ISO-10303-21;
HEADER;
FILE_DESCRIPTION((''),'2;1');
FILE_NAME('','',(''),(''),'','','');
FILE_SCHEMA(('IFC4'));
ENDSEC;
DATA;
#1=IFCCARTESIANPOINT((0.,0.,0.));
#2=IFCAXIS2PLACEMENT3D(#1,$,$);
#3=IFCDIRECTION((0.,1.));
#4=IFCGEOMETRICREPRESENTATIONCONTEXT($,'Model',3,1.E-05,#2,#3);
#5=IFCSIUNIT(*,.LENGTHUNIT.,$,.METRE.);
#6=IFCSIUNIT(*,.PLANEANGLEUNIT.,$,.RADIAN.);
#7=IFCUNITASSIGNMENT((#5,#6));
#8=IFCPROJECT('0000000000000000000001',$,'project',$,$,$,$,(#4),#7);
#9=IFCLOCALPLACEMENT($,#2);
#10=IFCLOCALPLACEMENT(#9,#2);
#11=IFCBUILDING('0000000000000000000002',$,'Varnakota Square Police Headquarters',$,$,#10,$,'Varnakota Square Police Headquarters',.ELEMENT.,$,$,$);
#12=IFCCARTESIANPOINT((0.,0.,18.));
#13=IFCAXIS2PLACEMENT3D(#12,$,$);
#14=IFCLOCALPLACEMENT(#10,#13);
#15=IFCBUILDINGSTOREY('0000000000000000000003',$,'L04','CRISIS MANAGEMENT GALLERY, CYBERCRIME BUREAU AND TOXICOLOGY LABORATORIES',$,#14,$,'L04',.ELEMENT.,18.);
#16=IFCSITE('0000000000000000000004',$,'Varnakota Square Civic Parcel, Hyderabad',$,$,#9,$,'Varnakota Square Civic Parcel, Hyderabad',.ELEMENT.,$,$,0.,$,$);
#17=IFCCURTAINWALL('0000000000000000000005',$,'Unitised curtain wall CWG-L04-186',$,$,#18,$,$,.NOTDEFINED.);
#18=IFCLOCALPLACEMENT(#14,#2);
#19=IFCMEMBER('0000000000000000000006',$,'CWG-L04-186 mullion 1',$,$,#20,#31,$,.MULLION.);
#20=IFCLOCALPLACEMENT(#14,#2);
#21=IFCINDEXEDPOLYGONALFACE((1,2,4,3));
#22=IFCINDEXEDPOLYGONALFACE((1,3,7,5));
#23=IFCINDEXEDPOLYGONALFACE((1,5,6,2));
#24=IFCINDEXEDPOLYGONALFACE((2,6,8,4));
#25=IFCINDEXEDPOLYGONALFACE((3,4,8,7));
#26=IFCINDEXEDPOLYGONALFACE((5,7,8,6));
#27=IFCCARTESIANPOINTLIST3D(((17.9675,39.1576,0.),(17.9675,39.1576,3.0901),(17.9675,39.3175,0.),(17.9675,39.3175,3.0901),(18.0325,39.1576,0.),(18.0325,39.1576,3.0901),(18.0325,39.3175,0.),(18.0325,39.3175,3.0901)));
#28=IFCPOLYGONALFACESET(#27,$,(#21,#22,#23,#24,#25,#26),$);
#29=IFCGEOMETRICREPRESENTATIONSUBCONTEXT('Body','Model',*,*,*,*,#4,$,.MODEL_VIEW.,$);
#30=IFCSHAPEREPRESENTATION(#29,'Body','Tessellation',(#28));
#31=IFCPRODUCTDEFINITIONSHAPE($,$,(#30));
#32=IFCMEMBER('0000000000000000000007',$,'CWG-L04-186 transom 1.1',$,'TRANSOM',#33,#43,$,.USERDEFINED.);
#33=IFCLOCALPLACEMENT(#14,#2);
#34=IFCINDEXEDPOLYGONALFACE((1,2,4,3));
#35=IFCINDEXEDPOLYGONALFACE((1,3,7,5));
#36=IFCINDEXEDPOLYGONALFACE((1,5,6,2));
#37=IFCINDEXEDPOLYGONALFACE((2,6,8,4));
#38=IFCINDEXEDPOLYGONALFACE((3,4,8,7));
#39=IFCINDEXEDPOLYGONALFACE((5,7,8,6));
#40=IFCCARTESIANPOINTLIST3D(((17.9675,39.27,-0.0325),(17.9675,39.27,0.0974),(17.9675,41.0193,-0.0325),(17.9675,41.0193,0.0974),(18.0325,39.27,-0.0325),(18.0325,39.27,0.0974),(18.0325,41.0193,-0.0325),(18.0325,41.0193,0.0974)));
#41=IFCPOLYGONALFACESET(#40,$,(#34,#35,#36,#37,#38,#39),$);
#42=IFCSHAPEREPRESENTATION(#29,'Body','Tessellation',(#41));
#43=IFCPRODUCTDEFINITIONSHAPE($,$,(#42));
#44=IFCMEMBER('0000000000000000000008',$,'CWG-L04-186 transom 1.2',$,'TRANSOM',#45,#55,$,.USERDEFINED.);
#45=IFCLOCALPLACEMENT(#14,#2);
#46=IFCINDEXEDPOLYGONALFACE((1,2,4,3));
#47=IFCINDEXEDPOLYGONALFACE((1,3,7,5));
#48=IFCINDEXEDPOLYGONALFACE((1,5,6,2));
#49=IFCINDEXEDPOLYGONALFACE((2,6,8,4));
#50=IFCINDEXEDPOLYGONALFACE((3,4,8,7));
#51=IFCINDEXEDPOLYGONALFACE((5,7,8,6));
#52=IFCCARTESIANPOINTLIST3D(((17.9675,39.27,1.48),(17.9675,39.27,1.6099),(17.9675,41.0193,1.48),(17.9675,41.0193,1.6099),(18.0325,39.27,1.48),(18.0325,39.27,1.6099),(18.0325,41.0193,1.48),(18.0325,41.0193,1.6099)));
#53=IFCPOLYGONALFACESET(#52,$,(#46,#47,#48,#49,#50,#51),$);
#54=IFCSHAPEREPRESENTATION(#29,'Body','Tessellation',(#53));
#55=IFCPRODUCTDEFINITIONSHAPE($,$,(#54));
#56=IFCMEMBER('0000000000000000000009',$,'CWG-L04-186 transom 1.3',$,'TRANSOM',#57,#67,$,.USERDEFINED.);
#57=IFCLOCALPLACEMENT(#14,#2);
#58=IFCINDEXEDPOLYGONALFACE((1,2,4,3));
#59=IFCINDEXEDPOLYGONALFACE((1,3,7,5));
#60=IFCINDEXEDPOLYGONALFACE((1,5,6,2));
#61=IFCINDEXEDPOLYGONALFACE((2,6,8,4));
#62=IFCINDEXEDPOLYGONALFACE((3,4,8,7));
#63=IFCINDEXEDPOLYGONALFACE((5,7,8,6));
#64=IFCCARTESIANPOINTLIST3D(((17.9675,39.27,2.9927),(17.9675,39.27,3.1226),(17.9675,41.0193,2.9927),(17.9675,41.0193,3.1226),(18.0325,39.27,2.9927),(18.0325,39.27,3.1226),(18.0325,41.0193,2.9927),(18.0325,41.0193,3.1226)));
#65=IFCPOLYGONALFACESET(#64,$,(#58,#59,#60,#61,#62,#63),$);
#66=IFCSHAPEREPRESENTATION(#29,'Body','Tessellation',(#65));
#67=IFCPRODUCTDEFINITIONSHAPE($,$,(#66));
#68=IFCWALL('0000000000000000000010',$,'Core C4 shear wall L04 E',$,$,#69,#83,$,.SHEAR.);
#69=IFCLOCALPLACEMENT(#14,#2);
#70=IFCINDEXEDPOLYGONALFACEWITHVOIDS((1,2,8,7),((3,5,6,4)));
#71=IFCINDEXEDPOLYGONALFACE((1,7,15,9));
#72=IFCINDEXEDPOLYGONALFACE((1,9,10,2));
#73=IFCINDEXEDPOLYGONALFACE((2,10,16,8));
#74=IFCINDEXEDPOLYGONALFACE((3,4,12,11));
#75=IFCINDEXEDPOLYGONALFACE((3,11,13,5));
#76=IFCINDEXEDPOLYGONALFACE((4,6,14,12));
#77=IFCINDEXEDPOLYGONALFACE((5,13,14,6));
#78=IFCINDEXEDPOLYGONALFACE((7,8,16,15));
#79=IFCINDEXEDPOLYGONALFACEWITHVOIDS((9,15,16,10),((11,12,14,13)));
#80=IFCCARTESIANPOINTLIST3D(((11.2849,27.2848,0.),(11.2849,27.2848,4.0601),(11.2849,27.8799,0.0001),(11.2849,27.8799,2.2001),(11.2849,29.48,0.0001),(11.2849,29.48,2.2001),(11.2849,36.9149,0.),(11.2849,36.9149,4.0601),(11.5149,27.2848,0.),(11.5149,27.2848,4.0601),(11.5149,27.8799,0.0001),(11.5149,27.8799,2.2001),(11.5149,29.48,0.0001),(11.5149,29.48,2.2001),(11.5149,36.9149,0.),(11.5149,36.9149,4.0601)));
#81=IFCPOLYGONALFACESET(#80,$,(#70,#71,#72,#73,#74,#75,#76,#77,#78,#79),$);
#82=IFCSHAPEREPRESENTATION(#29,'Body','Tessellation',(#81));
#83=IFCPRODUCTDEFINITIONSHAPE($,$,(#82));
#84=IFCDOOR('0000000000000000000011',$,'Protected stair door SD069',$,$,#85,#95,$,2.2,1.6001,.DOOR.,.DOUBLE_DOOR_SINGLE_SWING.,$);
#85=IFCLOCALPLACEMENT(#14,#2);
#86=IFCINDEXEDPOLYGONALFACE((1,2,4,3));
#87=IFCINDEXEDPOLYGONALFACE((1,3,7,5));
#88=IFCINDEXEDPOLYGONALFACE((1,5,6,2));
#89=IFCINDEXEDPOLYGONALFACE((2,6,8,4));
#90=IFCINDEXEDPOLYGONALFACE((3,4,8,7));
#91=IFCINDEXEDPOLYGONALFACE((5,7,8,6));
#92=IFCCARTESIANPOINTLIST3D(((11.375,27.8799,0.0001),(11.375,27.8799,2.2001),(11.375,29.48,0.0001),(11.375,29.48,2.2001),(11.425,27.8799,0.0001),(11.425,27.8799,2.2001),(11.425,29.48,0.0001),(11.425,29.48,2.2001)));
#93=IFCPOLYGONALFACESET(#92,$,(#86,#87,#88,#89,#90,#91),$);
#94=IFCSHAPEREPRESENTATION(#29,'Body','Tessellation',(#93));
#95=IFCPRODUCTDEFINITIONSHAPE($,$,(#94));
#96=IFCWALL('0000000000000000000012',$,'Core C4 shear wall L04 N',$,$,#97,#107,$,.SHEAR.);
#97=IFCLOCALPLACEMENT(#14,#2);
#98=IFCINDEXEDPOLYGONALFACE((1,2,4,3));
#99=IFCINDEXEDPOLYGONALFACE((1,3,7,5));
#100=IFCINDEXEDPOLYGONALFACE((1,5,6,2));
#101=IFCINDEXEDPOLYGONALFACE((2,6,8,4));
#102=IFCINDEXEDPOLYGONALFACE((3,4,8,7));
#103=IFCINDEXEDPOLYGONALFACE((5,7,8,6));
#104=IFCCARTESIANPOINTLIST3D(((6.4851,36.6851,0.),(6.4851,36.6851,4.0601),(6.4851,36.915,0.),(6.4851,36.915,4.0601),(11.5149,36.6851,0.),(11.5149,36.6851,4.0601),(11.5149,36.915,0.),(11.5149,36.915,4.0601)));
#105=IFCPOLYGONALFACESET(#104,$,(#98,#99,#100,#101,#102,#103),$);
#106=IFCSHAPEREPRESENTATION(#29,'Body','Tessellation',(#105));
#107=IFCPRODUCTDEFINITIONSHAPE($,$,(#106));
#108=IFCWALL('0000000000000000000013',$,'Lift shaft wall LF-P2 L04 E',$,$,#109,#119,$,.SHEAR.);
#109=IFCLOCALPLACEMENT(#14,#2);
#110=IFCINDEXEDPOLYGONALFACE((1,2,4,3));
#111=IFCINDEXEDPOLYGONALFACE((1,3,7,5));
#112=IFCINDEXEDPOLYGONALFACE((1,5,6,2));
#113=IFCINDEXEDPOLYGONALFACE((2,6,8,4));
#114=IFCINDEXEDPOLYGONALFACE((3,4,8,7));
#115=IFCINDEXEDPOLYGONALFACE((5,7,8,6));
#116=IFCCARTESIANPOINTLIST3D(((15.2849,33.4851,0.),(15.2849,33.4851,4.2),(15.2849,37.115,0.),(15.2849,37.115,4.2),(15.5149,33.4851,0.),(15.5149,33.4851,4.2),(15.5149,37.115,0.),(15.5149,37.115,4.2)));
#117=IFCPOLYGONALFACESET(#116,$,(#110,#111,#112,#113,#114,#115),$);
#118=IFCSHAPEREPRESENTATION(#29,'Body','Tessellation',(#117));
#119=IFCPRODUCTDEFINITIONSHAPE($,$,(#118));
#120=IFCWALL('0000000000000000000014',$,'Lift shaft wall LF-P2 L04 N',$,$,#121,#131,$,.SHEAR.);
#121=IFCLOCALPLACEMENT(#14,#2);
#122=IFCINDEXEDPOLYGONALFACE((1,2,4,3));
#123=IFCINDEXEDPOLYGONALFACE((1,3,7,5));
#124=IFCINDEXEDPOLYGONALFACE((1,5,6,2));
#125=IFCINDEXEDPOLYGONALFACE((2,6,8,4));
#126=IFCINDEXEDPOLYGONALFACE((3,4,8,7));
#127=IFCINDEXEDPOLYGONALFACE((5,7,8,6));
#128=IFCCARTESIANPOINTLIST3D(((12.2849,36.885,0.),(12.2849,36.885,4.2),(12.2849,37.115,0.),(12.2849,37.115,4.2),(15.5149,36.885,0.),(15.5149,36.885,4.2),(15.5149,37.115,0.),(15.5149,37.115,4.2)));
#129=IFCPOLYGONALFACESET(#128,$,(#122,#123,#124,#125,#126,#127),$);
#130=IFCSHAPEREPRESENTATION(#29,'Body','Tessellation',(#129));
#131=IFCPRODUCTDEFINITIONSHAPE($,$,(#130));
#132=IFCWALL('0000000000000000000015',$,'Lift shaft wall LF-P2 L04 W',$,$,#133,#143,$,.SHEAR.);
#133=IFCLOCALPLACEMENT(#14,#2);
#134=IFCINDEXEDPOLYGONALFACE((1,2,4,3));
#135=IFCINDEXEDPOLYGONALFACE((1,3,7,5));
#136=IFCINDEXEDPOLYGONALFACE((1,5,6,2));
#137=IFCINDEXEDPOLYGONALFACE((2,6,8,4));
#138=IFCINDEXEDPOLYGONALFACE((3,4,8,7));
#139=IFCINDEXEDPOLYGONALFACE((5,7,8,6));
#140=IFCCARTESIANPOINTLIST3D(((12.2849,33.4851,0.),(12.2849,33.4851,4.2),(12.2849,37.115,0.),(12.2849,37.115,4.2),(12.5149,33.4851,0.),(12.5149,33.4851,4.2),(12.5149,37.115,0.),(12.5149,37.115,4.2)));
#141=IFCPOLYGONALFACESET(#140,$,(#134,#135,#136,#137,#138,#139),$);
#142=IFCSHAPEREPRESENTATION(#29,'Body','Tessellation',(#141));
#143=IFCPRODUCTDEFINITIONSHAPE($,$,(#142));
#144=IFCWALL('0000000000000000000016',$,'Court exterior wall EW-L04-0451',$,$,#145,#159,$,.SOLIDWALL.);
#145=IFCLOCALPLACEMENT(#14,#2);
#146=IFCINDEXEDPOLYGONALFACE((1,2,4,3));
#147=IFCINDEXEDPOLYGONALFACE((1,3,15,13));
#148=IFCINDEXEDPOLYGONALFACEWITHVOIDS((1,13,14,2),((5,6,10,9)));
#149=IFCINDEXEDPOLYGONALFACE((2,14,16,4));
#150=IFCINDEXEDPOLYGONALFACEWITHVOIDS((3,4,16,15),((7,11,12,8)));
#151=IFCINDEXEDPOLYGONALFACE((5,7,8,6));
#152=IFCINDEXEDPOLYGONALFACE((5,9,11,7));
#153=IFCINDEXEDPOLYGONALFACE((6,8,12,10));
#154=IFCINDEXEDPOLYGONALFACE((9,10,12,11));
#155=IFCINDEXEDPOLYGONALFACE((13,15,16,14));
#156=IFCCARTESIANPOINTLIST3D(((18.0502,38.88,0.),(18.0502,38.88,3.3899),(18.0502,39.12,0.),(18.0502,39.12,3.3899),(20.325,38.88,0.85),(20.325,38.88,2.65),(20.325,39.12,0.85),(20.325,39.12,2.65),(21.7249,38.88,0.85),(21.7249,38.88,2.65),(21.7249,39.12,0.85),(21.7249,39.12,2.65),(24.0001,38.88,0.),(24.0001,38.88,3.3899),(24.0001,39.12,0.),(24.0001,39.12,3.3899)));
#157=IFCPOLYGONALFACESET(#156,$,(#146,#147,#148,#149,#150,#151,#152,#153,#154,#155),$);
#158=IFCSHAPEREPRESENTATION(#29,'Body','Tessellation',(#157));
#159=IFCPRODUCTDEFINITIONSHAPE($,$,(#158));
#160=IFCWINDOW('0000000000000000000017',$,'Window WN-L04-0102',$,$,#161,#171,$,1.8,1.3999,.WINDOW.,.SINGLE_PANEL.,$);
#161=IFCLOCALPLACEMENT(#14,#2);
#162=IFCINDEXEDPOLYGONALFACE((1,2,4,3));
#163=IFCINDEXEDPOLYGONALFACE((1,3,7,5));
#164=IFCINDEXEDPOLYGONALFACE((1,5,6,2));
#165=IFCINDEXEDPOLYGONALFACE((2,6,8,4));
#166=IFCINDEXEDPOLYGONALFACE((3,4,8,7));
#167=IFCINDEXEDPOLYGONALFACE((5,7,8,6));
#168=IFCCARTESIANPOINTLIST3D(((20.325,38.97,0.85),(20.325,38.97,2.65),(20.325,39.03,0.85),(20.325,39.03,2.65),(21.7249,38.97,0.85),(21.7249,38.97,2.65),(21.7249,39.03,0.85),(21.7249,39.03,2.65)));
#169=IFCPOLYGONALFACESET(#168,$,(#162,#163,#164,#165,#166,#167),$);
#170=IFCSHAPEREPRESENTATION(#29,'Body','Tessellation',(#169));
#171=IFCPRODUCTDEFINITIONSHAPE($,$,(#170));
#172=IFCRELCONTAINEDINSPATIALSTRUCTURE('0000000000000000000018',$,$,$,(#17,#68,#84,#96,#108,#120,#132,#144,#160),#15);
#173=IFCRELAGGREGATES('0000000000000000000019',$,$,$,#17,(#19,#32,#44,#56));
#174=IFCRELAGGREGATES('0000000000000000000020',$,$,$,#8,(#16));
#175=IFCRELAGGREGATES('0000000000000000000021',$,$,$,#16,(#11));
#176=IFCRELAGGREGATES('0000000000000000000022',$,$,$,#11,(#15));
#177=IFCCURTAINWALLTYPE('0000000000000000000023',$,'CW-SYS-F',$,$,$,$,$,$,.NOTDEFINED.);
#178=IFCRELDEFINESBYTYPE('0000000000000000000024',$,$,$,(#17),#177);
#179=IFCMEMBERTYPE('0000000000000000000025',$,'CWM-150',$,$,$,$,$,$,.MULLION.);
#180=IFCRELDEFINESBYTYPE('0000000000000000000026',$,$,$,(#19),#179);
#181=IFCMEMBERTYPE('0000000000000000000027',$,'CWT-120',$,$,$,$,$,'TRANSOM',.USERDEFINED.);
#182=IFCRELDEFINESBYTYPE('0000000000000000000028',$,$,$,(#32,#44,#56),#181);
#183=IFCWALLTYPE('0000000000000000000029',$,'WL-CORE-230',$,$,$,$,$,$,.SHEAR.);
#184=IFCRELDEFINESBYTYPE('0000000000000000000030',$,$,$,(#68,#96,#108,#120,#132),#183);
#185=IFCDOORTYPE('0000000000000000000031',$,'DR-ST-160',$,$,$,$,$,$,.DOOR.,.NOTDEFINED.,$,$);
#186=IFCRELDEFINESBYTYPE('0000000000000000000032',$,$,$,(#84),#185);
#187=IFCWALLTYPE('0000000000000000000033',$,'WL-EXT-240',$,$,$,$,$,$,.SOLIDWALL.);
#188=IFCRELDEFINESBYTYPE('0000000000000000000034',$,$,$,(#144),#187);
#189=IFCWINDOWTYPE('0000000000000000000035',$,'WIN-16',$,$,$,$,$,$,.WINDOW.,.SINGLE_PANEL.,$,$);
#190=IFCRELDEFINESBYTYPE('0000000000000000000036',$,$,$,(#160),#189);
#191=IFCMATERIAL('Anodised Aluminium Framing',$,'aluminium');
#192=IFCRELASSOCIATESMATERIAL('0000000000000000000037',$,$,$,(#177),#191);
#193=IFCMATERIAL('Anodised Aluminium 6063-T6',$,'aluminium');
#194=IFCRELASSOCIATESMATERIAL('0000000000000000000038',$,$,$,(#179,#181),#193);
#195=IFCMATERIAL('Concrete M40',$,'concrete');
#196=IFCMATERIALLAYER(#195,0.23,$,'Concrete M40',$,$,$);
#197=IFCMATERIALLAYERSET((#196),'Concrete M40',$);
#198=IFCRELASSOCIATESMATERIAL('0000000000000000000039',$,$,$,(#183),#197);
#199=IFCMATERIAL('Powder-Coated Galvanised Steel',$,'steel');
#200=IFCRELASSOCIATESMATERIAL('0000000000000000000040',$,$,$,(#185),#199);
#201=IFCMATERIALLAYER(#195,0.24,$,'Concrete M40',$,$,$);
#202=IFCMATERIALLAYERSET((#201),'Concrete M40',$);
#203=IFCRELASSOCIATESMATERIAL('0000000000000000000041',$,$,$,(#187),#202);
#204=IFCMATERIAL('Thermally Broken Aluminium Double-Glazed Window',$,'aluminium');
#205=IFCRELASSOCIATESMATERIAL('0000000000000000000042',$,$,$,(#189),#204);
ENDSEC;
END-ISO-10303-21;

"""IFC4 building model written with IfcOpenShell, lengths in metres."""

from ifc_helpers import new_model, si_unit, direction, frame, frame_2d, origin, origin_2d, place, context, subcontext, project, spatial, rectangle, extrude, material, layer, layer_set, material_profile, profile_set, type_object, element, fill, aggregate, save


model = new_model("IFC4")

# Units and contexts
model_context = context("Model", 3, precision=1e-05, world=origin(), true_north=direction((0.0, 1.0)))
body_context = subcontext(model_context, "Body", "Model", "MODEL_VIEW")
ifc_project = project(units=[si_unit("LENGTHUNIT", "METRE"), si_unit("PLANEANGLEUNIT", "RADIAN")], contexts=[model_context])

# Site, building, storey
site_placement = place(None, origin())
site = spatial("IfcSite", under=ifc_project, at=site_placement, Name="Varnakota Square Civic Parcel, Hyderabad", LongName="Varnakota Square Civic Parcel, Hyderabad", CompositionType="ELEMENT", RefElevation=0.0)
building_placement = place(site_placement, origin())
building = spatial("IfcBuilding", under=site, at=building_placement, Name="Varnakota Square Police Headquarters", LongName="Varnakota Square Police Headquarters", CompositionType="ELEMENT")
storey_placement = place(building_placement, frame((0.0, 0.0, 18.0)))
storey = spatial("IfcBuildingStorey", under=building, at=storey_placement, Name="L04", Description="CRISIS MANAGEMENT GALLERY, CYBERCRIME BUREAU AND TOXICOLOGY LABORATORIES", LongName="L04", CompositionType="ELEMENT", Elevation=18.0)

# Curtain wall, members
ifc_material_1 = material(Name="Anodised Aluminium Framing", Category="aluminium")
curtain_wall_type = type_object("IfcCurtainWallType", Name="CW-SYS-F", PredefinedType="NOTDEFINED", material=ifc_material_1)
curtain_wall_placement = place(storey_placement, origin())
curtain_wall = element("IfcCurtainWall", 1, at=curtain_wall_placement, inside=storey, type_object=curtain_wall_type, Name="Unitised curtain wall CWG-L04-186", PredefinedType="NOTDEFINED")
ifc_material_2 = material(Name="Anodised Aluminium 6063-T6", Category="aluminium")
ifc_material_profile_1 = material_profile(ifc_material_2, rectangle(XDim=0.0649, YDim=0.1599, at=origin_2d()), Name="ALU MULLION 65x160")
ifc_profile_set_1 = profile_set([ifc_material_profile_1], Name="Anodised Aluminium 6063-T6")
member_type_1 = type_object("IfcMemberType", Name="CWM-150", PredefinedType="MULLION", material=ifc_profile_set_1)
member_1_placement = place(storey_placement, frame((18.0, 39.2375, 0.0), z_axis=(0.0, 0.0, 1.0), x_axis=(-1.0, 0.0, 0.0)))
member_1 = element("IfcMember", 2, at=member_1_placement, type_object=member_type_1, Name="CWG-L04-186 mullion 1", PredefinedType="MULLION", context=body_context, shape_type="SweptSolid", body=[
    extrude(rectangle(XDim=0.0649, YDim=0.1599, at=origin_2d()), origin(), (0.0, 0.0, 1.0), 3.0901),
])
ifc_material_profile_2 = material_profile(ifc_material_2, rectangle(XDim=0.0649, YDim=0.1299, at=origin_2d()), Name="ALU TRANSOM 65x130")
ifc_profile_set_2 = profile_set([ifc_material_profile_2], Name="Anodised Aluminium 6063-T6")
member_type_2 = type_object("IfcMemberType", Name="CWT-120", ElementType="TRANSOM", PredefinedType="USERDEFINED", material=ifc_profile_set_2)
member_2_placement = place(storey_placement, frame((18.0, 39.27, 0.0325), z_axis=(0.0, 1.0, 0.0), x_axis=(-1.0, 0.0, 0.0)))
member_2 = element("IfcMember", 3, at=member_2_placement, type_object=member_type_2, Name="CWG-L04-186 transom 1.1", ObjectType="TRANSOM", PredefinedType="USERDEFINED", context=body_context, shape_type="SweptSolid", body=[
    extrude(rectangle(XDim=0.0649, YDim=0.1299, at=origin_2d()), origin(), (0.0, 0.0, 1.0), 1.7493),
])
member_3_placement = place(storey_placement, frame((18.0, 39.27, 1.5449), z_axis=(0.0, 1.0, 0.0), x_axis=(-1.0, 0.0, 0.0)))
member_3 = element("IfcMember", 4, at=member_3_placement, type_object=member_type_2, Name="CWG-L04-186 transom 1.2", ObjectType="TRANSOM", PredefinedType="USERDEFINED", context=body_context, shape_type="SweptSolid", body=[
    extrude(rectangle(XDim=0.0649, YDim=0.1299, at=origin_2d()), origin(), (0.0, 0.0, 1.0), 1.7493),
])
member_4_placement = place(storey_placement, frame((18.0, 39.27, 3.0576), z_axis=(0.0, 1.0, 0.0), x_axis=(-1.0, 0.0, 0.0)))
member_4 = element("IfcMember", 5, at=member_4_placement, type_object=member_type_2, Name="CWG-L04-186 transom 1.3", ObjectType="TRANSOM", PredefinedType="USERDEFINED", context=body_context, shape_type="SweptSolid", body=[
    extrude(rectangle(XDim=0.0649, YDim=0.1299, at=origin_2d()), origin(), (0.0, 0.0, 1.0), 1.7493),
])
aggregate(curtain_wall, [member_1, member_2, member_3, member_4])

# Wall, opening, door
ifc_material_3 = material(Name="Concrete M40", Category="concrete")
ifc_layer_1 = layer(ifc_material_3, 0.23, Name="Concrete M40")
ifc_layer_set_1 = layer_set([ifc_layer_1], Name="Concrete M40")
wall_type_1 = type_object("IfcWallType", Name="WL-CORE-230", PredefinedType="SHEAR", material=ifc_layer_set_1)
wall_1_placement = place(storey_placement, frame((11.3999, 27.2849, 0.0), z_axis=(0.0, 0.0, 1.0), x_axis=(0.0, 1.0, 0.0)))
wall_1 = element("IfcWall", 6, at=wall_1_placement, inside=storey, type_object=wall_type_1, Name="Core C4 shear wall L04 E", PredefinedType="SHEAR", context=body_context, shape_type="SweptSolid", body=[
    extrude(rectangle(XDim=9.6301, YDim=0.23, at=frame_2d((4.8149, 0.0))), origin(), (0.0, 0.0, 1.0), 4.0601),
])
opening_1_placement = place(wall_1_placement, frame((0.595, 0.0, 0.0)))
opening_1 = element("IfcOpeningElement", 7, at=opening_1_placement, cuts=wall_1, PredefinedType="OPENING", context=body_context, shape_type="SweptSolid", body=[
    extrude(rectangle(XDim=1.6001, YDim=2.2, at=frame_2d((0.8, 1.1001))), frame((0.0, 0.125, 0.0), z_axis=(0.0, -1.0, 0.0), x_axis=(1.0, 0.0, 0.0)), (0.0, 0.0, 1.0), 0.25),
])
ifc_material_4 = material(Name="Powder-Coated Galvanised Steel", Category="steel")
door_type_1 = type_object("IfcDoorType", Name="DR-ST-160", OperationType="NOTDEFINED", PredefinedType="DOOR", material=ifc_material_4)
door_1_placement = place(opening_1_placement, origin())
door_1 = element("IfcDoor", 8, at=door_1_placement, inside=storey, type_object=door_type_1, Name="Protected stair door SD069", OperationType="DOUBLE_DOOR_SINGLE_SWING", OverallHeight=2.2, OverallWidth=1.6001, PredefinedType="DOOR", context=body_context, shape_type="SweptSolid", body=[
    extrude(rectangle(XDim=1.6001, YDim=2.2, at=frame_2d((0.8, 1.1001))), frame((0.0, 0.0249, 0.0), z_axis=(0.0, -1.0, 0.0), x_axis=(1.0, 0.0, 0.0)), (0.0, 0.0, 1.0), 0.05),
])
fill(opening_1, door_1)

# Wall
wall_2_placement = place(storey_placement, frame((11.5149, 36.8, 0.0), z_axis=(0.0, 0.0, 1.0), x_axis=(-1.0, 0.0, 0.0)))
element("IfcWall", 9, at=wall_2_placement, inside=storey, type_object=wall_type_1, Name="Core C4 shear wall L04 N", PredefinedType="SHEAR", context=body_context, shape_type="SweptSolid", body=[
    extrude(rectangle(XDim=5.0298, YDim=0.23, at=frame_2d((2.5149, 0.0))), origin(), (0.0, 0.0, 1.0), 4.0601),
])

# Walls
wall_3_placement = place(storey_placement, frame((15.3999, 33.4851, 0.0), z_axis=(0.0, 0.0, 1.0), x_axis=(0.0, 1.0, 0.0)))
element("IfcWall", 10, at=wall_3_placement, inside=storey, type_object=wall_type_1, Name="Lift shaft wall LF-P2 L04 E", PredefinedType="SHEAR", context=body_context, shape_type="SweptSolid", body=[
    extrude(rectangle(XDim=3.6299, YDim=0.23, at=frame_2d((1.8149, 0.0))), origin(), (0.0, 0.0, 1.0), 4.2),
])
wall_4_placement = place(storey_placement, frame((15.5149, 37.0, 0.0), z_axis=(0.0, 0.0, 1.0), x_axis=(-1.0, 0.0, 0.0)))
element("IfcWall", 11, at=wall_4_placement, inside=storey, type_object=wall_type_1, Name="Lift shaft wall LF-P2 L04 N", PredefinedType="SHEAR", context=body_context, shape_type="SweptSolid", body=[
    extrude(rectangle(XDim=3.23, YDim=0.23, at=frame_2d((1.615, 0.0))), origin(), (0.0, 0.0, 1.0), 4.2),
])
wall_5_placement = place(storey_placement, frame((12.3999, 37.115, 0.0), z_axis=(0.0, 0.0, 1.0), x_axis=(0.0, -1.0, 0.0)))
element("IfcWall", 12, at=wall_5_placement, inside=storey, type_object=wall_type_1, Name="Lift shaft wall LF-P2 L04 W", PredefinedType="SHEAR", context=body_context, shape_type="SweptSolid", body=[
    extrude(rectangle(XDim=3.6299, YDim=0.23, at=frame_2d((1.8149, 0.0))), origin(), (0.0, 0.0, 1.0), 4.2),
])

# Wall, opening, window
ifc_layer_2 = layer(ifc_material_3, 0.24, Name="Concrete M40")
ifc_layer_set_2 = layer_set([ifc_layer_2], Name="Concrete M40")
wall_type_2 = type_object("IfcWallType", Name="WL-EXT-240", PredefinedType="SOLIDWALL", material=ifc_layer_set_2)
wall_6_placement = place(storey_placement, frame((18.05, 39.0, 0.0), z_axis=(0.0, 0.0, 1.0), x_axis=(1.0, 0.0, 0.0)))
wall_6 = element("IfcWall", 13, at=wall_6_placement, inside=storey, type_object=wall_type_2, Name="Court exterior wall EW-L04-0451", PredefinedType="SOLIDWALL", context=body_context, shape_type="SweptSolid", body=[
    extrude(rectangle(XDim=5.95, YDim=0.24, at=frame_2d((2.9751, 0.0))), origin(), (0.0, 0.0, 1.0), 3.3899),
])
opening_2_placement = place(wall_6_placement, frame((2.2749, 0.0, 0.8501)))
opening_2 = element("IfcOpeningElement", 14, at=opening_2_placement, cuts=wall_6, PredefinedType="OPENING", context=body_context, shape_type="SweptSolid", body=[
    extrude(rectangle(XDim=1.3999, YDim=1.8, at=frame_2d((0.7, 0.8999))), frame((0.0, 0.1299, 0.0), z_axis=(0.0, -1.0, 0.0), x_axis=(1.0, 0.0, 0.0)), (0.0, 0.0, 1.0), 0.26),
])
ifc_material_5 = material(Name="Thermally Broken Aluminium Double-Glazed Window", Category="aluminium")
window_type = type_object("IfcWindowType", Name="WIN-16", PartitioningType="SINGLE_PANEL", PredefinedType="WINDOW", material=ifc_material_5)
window_placement = place(opening_2_placement, origin())
window = element("IfcWindow", 15, at=window_placement, inside=storey, type_object=window_type, Name="Window WN-L04-0102", OverallHeight=1.8, OverallWidth=1.3999, PartitioningType="SINGLE_PANEL", PredefinedType="WINDOW", context=body_context, shape_type="SweptSolid", body=[
    extrude(rectangle(XDim=1.3999, YDim=1.8, at=frame_2d((0.7, 0.8999))), frame((0.0, 0.03, 0.0), z_axis=(0.0, -1.0, 0.0), x_axis=(1.0, 0.0, 0.0)), (0.0, 0.0, 1.0), 0.0601),
])
fill(opening_2, window)

save(model, "model.ifc")
